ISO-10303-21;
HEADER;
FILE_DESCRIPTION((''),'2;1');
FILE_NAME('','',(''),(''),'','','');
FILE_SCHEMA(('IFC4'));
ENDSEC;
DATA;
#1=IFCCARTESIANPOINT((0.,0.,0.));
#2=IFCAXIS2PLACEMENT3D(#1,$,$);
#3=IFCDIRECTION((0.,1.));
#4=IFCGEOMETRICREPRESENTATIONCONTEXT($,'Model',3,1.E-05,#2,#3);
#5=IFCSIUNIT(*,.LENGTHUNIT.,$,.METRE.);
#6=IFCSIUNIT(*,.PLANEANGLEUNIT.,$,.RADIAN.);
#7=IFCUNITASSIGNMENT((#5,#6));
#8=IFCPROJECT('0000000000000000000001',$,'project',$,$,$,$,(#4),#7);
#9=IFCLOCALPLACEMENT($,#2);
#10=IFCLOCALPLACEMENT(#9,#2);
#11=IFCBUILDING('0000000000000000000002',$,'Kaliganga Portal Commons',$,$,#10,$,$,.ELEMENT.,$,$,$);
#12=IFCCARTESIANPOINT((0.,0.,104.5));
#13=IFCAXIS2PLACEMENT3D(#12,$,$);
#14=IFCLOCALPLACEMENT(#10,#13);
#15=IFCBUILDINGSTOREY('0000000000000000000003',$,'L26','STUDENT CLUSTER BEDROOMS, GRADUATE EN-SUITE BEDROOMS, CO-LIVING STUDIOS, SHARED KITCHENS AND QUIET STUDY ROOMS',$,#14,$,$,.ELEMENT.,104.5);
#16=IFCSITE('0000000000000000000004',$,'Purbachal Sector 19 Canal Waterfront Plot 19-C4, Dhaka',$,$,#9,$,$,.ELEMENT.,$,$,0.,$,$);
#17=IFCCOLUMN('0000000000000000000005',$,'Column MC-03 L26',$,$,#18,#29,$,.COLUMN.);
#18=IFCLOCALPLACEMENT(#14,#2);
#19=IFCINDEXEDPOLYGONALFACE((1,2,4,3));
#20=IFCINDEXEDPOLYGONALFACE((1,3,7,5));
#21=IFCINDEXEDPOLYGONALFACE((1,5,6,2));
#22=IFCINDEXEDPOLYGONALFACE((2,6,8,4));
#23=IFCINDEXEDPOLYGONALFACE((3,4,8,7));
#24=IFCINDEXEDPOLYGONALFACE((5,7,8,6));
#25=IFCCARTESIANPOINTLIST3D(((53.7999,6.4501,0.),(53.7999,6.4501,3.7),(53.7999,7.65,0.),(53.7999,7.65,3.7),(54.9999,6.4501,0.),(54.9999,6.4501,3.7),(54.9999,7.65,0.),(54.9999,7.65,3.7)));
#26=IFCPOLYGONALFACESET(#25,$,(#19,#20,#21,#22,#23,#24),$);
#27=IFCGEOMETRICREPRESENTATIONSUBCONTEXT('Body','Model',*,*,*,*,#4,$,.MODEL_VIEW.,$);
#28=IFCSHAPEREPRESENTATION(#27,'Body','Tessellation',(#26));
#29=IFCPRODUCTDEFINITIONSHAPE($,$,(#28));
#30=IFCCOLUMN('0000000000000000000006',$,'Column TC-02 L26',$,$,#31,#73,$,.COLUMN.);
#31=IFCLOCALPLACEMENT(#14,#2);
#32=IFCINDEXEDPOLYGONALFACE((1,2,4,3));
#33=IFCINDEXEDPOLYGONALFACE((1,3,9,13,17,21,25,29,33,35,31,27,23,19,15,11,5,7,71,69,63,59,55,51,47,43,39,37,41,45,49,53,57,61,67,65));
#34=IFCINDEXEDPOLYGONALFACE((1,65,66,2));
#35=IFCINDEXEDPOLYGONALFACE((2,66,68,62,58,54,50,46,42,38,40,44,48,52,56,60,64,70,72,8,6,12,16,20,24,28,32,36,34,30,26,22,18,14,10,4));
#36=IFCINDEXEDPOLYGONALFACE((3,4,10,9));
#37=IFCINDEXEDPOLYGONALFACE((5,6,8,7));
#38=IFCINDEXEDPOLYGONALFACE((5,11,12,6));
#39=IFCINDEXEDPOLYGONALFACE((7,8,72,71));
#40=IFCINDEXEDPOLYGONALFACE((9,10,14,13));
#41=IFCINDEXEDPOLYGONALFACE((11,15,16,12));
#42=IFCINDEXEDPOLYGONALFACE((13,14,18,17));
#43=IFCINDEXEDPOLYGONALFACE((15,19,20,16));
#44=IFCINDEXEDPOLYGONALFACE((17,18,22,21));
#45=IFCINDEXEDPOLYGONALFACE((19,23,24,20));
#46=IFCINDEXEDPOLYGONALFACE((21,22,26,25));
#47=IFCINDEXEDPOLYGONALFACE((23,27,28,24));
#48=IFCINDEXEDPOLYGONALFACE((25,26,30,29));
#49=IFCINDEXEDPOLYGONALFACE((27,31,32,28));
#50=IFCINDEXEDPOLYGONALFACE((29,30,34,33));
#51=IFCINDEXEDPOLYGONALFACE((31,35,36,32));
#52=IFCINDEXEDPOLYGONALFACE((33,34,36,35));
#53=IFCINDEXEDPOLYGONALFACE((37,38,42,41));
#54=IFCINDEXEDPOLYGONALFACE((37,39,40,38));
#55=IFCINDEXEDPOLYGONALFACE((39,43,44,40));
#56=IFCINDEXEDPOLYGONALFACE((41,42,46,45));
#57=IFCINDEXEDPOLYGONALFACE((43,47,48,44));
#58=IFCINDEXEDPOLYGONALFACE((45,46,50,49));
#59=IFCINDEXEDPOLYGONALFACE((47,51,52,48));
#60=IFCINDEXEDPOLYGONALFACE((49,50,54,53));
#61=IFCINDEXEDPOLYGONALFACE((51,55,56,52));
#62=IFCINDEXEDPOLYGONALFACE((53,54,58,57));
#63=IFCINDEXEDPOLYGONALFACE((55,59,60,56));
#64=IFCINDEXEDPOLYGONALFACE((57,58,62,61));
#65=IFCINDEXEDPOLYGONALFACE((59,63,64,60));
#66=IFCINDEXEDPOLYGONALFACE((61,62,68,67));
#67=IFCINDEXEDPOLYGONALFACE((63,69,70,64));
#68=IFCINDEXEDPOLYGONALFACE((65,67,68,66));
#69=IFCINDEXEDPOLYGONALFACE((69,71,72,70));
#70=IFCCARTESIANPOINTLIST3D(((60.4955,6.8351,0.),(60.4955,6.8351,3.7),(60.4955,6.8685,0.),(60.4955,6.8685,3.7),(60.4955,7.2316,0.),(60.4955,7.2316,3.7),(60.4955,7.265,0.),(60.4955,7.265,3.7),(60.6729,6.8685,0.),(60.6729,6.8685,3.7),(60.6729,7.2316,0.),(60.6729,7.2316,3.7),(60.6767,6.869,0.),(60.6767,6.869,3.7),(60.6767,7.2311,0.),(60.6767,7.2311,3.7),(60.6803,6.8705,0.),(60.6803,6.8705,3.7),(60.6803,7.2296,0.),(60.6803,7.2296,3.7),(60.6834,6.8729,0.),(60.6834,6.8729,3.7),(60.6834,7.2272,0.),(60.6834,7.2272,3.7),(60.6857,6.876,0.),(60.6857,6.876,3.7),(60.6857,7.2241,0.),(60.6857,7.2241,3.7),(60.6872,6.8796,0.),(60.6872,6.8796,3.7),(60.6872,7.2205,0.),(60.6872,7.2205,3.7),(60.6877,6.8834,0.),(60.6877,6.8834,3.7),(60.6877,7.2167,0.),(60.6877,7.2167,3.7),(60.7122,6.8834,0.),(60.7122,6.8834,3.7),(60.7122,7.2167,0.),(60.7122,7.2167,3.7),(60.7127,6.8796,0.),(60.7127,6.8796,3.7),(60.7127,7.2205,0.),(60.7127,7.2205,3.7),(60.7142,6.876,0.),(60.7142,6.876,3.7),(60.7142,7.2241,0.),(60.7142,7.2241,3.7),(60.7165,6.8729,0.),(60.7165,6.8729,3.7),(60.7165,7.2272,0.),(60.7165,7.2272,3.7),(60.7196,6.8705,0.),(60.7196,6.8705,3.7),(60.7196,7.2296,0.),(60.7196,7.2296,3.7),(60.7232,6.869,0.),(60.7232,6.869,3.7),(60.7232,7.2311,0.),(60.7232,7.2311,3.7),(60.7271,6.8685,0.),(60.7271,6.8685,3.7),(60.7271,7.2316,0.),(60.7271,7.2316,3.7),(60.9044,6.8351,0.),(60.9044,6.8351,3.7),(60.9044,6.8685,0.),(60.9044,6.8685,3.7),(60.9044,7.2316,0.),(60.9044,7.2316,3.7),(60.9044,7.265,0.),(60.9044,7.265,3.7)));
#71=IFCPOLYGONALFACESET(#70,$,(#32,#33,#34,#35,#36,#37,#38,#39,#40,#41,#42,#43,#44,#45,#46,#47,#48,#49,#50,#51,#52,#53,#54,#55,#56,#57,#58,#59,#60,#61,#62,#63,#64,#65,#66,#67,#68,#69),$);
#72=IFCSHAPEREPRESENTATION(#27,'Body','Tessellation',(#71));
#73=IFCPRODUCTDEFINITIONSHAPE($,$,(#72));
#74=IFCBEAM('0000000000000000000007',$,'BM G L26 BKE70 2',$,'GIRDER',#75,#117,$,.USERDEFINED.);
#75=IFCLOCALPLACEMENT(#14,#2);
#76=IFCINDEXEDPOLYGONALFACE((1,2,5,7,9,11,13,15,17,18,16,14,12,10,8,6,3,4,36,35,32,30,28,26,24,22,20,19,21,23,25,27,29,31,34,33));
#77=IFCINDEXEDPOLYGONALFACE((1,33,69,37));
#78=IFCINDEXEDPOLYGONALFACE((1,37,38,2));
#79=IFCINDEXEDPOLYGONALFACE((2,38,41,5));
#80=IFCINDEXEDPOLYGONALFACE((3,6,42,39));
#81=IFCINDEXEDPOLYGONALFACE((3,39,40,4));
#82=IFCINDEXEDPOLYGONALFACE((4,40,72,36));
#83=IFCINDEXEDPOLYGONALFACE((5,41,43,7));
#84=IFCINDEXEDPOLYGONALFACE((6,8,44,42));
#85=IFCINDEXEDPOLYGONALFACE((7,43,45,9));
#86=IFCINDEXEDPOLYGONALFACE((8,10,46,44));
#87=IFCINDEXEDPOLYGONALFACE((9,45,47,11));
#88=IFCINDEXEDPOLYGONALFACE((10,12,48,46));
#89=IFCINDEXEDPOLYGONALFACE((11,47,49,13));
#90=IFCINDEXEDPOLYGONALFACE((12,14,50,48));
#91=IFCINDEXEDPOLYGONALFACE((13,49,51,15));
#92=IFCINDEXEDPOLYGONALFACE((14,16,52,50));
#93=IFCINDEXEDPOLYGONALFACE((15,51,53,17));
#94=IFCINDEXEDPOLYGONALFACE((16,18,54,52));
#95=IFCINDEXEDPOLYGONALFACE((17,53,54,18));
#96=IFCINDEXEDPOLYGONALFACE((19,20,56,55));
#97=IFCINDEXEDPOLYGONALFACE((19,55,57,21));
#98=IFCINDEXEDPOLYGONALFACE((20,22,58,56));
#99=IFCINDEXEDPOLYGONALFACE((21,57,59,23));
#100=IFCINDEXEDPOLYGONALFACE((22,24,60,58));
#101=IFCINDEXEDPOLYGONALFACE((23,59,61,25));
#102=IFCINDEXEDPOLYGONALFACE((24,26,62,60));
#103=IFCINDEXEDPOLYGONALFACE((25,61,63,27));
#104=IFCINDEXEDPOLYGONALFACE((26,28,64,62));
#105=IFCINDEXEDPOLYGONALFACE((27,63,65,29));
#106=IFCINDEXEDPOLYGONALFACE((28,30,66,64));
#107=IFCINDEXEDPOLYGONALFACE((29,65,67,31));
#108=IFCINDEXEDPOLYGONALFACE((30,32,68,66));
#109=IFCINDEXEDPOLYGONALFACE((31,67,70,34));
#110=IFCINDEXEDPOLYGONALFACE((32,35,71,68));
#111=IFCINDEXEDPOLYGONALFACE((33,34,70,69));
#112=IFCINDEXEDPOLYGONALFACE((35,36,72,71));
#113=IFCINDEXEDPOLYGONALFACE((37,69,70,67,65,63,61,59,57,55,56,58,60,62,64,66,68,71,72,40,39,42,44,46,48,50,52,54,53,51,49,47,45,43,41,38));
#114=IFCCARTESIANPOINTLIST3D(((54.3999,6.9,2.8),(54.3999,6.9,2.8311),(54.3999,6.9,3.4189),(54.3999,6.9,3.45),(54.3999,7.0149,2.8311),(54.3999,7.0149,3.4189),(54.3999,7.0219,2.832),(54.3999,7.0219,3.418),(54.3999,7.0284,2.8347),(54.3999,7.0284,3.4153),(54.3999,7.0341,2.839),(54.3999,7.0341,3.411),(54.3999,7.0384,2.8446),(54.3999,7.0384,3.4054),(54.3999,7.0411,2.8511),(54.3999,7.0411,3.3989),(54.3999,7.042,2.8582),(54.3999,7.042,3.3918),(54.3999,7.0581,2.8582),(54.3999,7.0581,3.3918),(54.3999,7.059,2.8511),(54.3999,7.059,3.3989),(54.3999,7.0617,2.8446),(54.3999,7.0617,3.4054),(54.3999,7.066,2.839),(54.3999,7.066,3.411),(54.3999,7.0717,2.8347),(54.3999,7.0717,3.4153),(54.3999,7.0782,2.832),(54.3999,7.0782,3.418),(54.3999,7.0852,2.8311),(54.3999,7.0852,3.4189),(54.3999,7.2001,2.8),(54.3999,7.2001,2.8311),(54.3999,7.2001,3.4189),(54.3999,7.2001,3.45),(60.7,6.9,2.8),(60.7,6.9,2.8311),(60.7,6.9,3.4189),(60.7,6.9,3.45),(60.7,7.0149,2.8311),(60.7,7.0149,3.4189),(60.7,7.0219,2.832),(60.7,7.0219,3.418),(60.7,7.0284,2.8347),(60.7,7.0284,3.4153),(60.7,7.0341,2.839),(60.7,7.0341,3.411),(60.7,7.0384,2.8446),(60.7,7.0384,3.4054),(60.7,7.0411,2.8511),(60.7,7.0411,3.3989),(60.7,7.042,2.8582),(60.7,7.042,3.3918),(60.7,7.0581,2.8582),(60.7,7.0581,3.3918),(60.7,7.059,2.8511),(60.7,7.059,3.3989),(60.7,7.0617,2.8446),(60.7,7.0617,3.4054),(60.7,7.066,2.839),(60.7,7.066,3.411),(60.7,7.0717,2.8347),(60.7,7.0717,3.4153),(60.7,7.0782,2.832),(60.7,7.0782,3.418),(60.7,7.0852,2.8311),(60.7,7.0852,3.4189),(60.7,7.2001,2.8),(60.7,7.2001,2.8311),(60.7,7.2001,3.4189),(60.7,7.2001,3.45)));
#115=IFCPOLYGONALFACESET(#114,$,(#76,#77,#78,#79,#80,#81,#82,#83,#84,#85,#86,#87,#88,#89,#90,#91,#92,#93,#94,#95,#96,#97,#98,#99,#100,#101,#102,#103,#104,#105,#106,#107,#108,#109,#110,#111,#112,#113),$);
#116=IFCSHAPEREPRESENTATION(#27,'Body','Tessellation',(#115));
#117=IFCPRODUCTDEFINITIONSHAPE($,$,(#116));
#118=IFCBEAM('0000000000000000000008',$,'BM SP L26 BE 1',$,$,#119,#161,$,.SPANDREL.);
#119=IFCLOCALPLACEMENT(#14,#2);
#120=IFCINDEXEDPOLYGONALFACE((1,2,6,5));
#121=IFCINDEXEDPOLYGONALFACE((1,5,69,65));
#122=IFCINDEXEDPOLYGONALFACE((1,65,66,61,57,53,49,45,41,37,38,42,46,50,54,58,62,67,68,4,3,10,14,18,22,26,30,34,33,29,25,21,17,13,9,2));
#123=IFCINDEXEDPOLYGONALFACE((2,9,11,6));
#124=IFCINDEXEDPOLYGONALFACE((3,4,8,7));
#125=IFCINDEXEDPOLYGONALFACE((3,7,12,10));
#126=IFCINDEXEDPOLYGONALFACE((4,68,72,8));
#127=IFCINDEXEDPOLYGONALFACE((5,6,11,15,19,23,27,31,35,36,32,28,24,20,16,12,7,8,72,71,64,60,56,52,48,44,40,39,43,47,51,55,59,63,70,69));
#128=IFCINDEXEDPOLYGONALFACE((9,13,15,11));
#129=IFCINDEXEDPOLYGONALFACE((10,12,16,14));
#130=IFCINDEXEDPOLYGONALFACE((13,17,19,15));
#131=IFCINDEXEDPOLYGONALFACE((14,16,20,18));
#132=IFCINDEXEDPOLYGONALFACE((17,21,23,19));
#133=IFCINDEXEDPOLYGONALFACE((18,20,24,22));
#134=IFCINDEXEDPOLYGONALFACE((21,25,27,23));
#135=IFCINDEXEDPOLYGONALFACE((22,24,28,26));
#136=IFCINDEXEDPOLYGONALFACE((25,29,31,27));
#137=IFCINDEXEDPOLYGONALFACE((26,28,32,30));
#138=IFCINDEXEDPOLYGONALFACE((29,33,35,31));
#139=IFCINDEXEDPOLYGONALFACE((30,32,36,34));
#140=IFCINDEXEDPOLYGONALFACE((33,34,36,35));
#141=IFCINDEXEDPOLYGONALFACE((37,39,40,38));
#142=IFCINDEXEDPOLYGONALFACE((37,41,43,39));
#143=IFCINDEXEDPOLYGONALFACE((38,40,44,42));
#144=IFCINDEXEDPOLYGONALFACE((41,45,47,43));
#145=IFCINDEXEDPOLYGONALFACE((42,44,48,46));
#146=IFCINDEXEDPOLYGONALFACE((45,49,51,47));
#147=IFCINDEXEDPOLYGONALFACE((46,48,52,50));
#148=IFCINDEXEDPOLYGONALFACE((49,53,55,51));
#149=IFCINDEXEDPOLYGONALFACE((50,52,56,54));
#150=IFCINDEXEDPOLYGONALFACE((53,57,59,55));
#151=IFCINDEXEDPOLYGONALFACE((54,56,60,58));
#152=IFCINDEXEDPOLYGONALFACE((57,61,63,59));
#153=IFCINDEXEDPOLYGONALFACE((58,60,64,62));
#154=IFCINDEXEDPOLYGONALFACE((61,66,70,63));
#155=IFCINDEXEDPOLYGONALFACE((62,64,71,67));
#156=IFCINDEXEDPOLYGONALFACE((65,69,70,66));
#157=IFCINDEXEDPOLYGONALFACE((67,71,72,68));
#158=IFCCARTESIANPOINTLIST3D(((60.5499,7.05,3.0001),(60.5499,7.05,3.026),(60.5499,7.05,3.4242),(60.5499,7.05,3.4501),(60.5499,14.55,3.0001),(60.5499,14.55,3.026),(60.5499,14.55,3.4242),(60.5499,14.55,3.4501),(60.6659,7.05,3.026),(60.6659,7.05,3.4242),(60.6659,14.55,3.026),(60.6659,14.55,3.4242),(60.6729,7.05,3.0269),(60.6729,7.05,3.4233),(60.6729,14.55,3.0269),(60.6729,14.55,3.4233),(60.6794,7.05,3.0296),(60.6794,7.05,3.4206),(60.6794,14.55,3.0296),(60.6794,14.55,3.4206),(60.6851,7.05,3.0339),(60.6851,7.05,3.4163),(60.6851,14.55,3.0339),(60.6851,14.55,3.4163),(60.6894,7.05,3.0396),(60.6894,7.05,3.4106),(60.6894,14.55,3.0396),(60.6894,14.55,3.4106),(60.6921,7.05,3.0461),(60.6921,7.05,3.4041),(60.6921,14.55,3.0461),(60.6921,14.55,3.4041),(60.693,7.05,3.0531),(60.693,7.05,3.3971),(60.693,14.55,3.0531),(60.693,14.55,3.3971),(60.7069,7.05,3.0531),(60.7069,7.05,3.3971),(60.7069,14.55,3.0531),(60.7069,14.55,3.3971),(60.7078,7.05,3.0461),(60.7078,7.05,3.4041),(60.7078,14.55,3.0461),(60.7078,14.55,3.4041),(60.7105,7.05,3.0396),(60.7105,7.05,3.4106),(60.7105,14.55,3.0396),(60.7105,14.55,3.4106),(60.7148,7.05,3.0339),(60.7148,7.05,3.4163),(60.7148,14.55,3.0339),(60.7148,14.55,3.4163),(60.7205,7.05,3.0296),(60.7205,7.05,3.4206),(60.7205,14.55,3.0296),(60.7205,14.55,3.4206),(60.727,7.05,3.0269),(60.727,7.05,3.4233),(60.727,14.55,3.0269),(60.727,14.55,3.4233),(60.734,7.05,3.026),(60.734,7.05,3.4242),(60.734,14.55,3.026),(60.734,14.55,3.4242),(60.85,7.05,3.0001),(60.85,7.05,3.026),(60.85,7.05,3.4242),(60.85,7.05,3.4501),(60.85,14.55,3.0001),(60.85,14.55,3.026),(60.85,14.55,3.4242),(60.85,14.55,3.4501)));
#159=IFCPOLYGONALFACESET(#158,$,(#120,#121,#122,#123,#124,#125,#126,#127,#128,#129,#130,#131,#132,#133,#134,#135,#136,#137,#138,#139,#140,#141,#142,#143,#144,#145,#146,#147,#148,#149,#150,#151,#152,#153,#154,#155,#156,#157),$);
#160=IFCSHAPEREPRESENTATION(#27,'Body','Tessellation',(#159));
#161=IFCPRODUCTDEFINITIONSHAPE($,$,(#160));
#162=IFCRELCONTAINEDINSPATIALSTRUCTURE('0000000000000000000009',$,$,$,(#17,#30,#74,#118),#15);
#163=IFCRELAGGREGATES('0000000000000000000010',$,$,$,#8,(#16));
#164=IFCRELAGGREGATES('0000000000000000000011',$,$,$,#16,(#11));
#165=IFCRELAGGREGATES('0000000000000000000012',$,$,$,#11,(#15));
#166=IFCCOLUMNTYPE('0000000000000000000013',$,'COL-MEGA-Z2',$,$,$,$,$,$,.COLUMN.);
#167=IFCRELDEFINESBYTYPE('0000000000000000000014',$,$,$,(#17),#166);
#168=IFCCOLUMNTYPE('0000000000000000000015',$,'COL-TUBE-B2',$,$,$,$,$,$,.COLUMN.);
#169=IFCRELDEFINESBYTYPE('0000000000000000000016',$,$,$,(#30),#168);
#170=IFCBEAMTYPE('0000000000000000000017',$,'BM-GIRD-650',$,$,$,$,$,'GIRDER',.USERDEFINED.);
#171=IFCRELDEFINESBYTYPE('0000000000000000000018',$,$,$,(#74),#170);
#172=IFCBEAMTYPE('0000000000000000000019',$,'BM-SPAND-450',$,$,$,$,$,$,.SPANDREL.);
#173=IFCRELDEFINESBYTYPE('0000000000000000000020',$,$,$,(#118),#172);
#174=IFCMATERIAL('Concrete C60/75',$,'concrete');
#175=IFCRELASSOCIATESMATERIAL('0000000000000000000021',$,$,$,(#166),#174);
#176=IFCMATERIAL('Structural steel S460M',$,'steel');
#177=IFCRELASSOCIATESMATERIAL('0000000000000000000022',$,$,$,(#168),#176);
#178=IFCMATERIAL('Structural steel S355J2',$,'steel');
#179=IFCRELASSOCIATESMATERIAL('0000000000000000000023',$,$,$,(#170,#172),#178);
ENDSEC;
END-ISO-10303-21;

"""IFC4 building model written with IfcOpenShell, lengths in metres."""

from ifc_helpers import new_model, si_unit, direction, frame, origin, origin_2d, place, context, subcontext, project, spatial, rectangle, i_section, extrude, source, transform, mapped, material, material_profile, profile_set, type_object, element, save


model = new_model("IFC4")

# Units and contexts
model_context = context("Model", 3, precision=1e-05, world=origin(), true_north=direction((0.0, 1.0)))
body_context = subcontext(model_context, "Body", "Model", "MODEL_VIEW")
ifc_project = project(units=[si_unit("LENGTHUNIT", "METRE"), si_unit("PLANEANGLEUNIT", "RADIAN")], contexts=[model_context])

# Site, building, storey
site_placement = place(None, origin())
site = spatial("IfcSite", under=ifc_project, at=site_placement, Name="Purbachal Sector 19 Canal Waterfront Plot 19-C4, Dhaka", CompositionType="ELEMENT", RefElevation=0.0)
building_placement = place(site_placement, origin())
building = spatial("IfcBuilding", under=site, at=building_placement, Name="Kaliganga Portal Commons", CompositionType="ELEMENT")
storey_placement = place(building_placement, frame((0.0, 0.0, 104.5)))
storey = spatial("IfcBuildingStorey", under=building, at=storey_placement, Name="L26", Description="STUDENT CLUSTER BEDROOMS, GRADUATE EN-SUITE BEDROOMS, CO-LIVING STUDIOS, SHARED KITCHENS AND QUIET STUDY ROOMS", CompositionType="ELEMENT", Elevation=104.5)

# Columns
ifc_material_1 = material(Name="Concrete C60/75", Category="concrete")
ifc_material_profile_1 = material_profile(ifc_material_1, rectangle(XDim=1.2, YDim=1.2, at=origin_2d()), Name="RC 1200x1200")
ifc_profile_set_1 = profile_set([ifc_material_profile_1], Name="Concrete C60/75")
column_type_1 = type_object("IfcColumnType", Name="COL-MEGA-Z2", PredefinedType="COLUMN", material=ifc_profile_set_1)
shared_shape_1 = source(origin(), body_context, "Body", "SweptSolid", [
    extrude(rectangle(XDim=1.2, YDim=1.2, at=origin_2d()), origin(), (0.0, 0.0, 1.0), 3.7),
])
column_1_placement = place(storey_placement, frame((54.3999, 7.05, 0.0), z_axis=(0.0, 0.0, 1.0), x_axis=(1.0, 0.0, 0.0)))
element("IfcColumn", 1, at=column_1_placement, inside=storey, type_object=column_type_1, Name="Column MC-03 L26", PredefinedType="COLUMN", context=body_context, shape_type="MappedRepresentation", body=[
    mapped(shared_shape_1, transform((0.0, 0.0, 0.0), x_axis=(1.0, 0.0, 0.0), y_axis=(0.0, 1.0, 0.0), z_axis=(0.0, 0.0, 1.0), scale=1.0)),
])
ifc_material_2 = material(Name="Structural steel S460M", Category="steel")
ifc_material_profile_2 = material_profile(ifc_material_2, i_section(OverallWidth=0.4089, OverallDepth=0.4299, WebThickness=0.0244, FlangeThickness=0.0334, FilletRadius=0.0149, at=origin_2d()), Name="HD 400x421")
ifc_profile_set_2 = profile_set([ifc_material_profile_2], Name="Structural steel S460M wide-flange")
column_type_2 = type_object("IfcColumnType", Name="COL-TUBE-B2", PredefinedType="COLUMN", material=ifc_profile_set_2)
shared_shape_2 = source(origin(), body_context, "Body", "SweptSolid", [
    extrude(i_section(OverallWidth=0.4089, OverallDepth=0.4299, WebThickness=0.0244, FlangeThickness=0.0334, FilletRadius=0.0149, at=origin_2d()), origin(), (0.0, 0.0, 1.0), 3.7),
])
column_2_placement = place(storey_placement, frame((60.7, 7.05, 0.0), z_axis=(0.0, 0.0, 1.0), x_axis=(1.0, 0.0, 0.0)))
element("IfcColumn", 2, at=column_2_placement, inside=storey, type_object=column_type_2, Name="Column TC-02 L26", PredefinedType="COLUMN", context=body_context, shape_type="MappedRepresentation", body=[
    mapped(shared_shape_2, transform((0.0, 0.0, 0.0), x_axis=(1.0, 0.0, 0.0), y_axis=(0.0, 1.0, 0.0), z_axis=(0.0, 0.0, 1.0), scale=1.0)),
])

# Beams
ifc_material_3 = material(Name="Structural steel S355J2", Category="steel")
ifc_material_profile_3 = material_profile(ifc_material_3, i_section(OverallWidth=0.3, OverallDepth=0.6499, WebThickness=0.0161, FlangeThickness=0.031, FilletRadius=0.0271, at=origin_2d()), Name="HE 650 B")
ifc_profile_set_3 = profile_set([ifc_material_profile_3], Name="Structural steel S355J2 wide-flange")
beam_type_1 = type_object("IfcBeamType", Name="BM-GIRD-650", ElementType="GIRDER", PredefinedType="USERDEFINED", material=ifc_profile_set_3)
shared_shape_3 = source(origin(), body_context, "Body", "SweptSolid", [
    extrude(i_section(OverallWidth=0.3, OverallDepth=0.6499, WebThickness=0.0161, FlangeThickness=0.031, FilletRadius=0.0271, at=origin_2d()), origin(), (0.0, 0.0, 1.0), 6.3),
])
beam_1_placement = place(storey_placement, frame((54.3999, 7.05, 3.125), z_axis=(1.0, 0.0, 0.0), x_axis=(0.0, 1.0, 0.0)))
element("IfcBeam", 3, at=beam_1_placement, inside=storey, type_object=beam_type_1, Name="BM G L26 BKE70 2", ObjectType="GIRDER", PredefinedType="USERDEFINED", context=body_context, shape_type="MappedRepresentation", body=[
    mapped(shared_shape_3, transform((0.0, 0.0, 0.0), x_axis=(1.0, 0.0, 0.0), y_axis=(0.0, 1.0, 0.0), z_axis=(0.0, 0.0, 1.0), scale=1.0)),
])
ifc_material_profile_4 = material_profile(ifc_material_3, i_section(OverallWidth=0.3, OverallDepth=0.45, WebThickness=0.0139, FlangeThickness=0.0259, FilletRadius=0.0271, at=origin_2d()), Name="HE 450 B")
ifc_profile_set_4 = profile_set([ifc_material_profile_4], Name="Structural steel S355J2 wide-flange")
beam_type_2 = type_object("IfcBeamType", Name="BM-SPAND-450", PredefinedType="SPANDREL", material=ifc_profile_set_4)
shared_shape_4 = source(origin(), body_context, "Body", "SweptSolid", [
    extrude(i_section(OverallWidth=0.3, OverallDepth=0.45, WebThickness=0.0139, FlangeThickness=0.0259, FilletRadius=0.0271, at=origin_2d()), origin(), (0.0, 0.0, 1.0), 7.5),
])
beam_2_placement = place(storey_placement, frame((60.7, 7.05, 3.2251), z_axis=(0.0, 1.0, 0.0), x_axis=(-1.0, 0.0, 0.0)))
element("IfcBeam", 4, at=beam_2_placement, inside=storey, type_object=beam_type_2, Name="BM SP L26 BE 1", PredefinedType="SPANDREL", context=body_context, shape_type="MappedRepresentation", body=[
    mapped(shared_shape_4, transform((0.0, 0.0, 0.0), x_axis=(1.0, 0.0, 0.0), y_axis=(0.0, 1.0, 0.0), z_axis=(0.0, 0.0, 1.0), scale=1.0)),
])

save(model, "model.ifc")
